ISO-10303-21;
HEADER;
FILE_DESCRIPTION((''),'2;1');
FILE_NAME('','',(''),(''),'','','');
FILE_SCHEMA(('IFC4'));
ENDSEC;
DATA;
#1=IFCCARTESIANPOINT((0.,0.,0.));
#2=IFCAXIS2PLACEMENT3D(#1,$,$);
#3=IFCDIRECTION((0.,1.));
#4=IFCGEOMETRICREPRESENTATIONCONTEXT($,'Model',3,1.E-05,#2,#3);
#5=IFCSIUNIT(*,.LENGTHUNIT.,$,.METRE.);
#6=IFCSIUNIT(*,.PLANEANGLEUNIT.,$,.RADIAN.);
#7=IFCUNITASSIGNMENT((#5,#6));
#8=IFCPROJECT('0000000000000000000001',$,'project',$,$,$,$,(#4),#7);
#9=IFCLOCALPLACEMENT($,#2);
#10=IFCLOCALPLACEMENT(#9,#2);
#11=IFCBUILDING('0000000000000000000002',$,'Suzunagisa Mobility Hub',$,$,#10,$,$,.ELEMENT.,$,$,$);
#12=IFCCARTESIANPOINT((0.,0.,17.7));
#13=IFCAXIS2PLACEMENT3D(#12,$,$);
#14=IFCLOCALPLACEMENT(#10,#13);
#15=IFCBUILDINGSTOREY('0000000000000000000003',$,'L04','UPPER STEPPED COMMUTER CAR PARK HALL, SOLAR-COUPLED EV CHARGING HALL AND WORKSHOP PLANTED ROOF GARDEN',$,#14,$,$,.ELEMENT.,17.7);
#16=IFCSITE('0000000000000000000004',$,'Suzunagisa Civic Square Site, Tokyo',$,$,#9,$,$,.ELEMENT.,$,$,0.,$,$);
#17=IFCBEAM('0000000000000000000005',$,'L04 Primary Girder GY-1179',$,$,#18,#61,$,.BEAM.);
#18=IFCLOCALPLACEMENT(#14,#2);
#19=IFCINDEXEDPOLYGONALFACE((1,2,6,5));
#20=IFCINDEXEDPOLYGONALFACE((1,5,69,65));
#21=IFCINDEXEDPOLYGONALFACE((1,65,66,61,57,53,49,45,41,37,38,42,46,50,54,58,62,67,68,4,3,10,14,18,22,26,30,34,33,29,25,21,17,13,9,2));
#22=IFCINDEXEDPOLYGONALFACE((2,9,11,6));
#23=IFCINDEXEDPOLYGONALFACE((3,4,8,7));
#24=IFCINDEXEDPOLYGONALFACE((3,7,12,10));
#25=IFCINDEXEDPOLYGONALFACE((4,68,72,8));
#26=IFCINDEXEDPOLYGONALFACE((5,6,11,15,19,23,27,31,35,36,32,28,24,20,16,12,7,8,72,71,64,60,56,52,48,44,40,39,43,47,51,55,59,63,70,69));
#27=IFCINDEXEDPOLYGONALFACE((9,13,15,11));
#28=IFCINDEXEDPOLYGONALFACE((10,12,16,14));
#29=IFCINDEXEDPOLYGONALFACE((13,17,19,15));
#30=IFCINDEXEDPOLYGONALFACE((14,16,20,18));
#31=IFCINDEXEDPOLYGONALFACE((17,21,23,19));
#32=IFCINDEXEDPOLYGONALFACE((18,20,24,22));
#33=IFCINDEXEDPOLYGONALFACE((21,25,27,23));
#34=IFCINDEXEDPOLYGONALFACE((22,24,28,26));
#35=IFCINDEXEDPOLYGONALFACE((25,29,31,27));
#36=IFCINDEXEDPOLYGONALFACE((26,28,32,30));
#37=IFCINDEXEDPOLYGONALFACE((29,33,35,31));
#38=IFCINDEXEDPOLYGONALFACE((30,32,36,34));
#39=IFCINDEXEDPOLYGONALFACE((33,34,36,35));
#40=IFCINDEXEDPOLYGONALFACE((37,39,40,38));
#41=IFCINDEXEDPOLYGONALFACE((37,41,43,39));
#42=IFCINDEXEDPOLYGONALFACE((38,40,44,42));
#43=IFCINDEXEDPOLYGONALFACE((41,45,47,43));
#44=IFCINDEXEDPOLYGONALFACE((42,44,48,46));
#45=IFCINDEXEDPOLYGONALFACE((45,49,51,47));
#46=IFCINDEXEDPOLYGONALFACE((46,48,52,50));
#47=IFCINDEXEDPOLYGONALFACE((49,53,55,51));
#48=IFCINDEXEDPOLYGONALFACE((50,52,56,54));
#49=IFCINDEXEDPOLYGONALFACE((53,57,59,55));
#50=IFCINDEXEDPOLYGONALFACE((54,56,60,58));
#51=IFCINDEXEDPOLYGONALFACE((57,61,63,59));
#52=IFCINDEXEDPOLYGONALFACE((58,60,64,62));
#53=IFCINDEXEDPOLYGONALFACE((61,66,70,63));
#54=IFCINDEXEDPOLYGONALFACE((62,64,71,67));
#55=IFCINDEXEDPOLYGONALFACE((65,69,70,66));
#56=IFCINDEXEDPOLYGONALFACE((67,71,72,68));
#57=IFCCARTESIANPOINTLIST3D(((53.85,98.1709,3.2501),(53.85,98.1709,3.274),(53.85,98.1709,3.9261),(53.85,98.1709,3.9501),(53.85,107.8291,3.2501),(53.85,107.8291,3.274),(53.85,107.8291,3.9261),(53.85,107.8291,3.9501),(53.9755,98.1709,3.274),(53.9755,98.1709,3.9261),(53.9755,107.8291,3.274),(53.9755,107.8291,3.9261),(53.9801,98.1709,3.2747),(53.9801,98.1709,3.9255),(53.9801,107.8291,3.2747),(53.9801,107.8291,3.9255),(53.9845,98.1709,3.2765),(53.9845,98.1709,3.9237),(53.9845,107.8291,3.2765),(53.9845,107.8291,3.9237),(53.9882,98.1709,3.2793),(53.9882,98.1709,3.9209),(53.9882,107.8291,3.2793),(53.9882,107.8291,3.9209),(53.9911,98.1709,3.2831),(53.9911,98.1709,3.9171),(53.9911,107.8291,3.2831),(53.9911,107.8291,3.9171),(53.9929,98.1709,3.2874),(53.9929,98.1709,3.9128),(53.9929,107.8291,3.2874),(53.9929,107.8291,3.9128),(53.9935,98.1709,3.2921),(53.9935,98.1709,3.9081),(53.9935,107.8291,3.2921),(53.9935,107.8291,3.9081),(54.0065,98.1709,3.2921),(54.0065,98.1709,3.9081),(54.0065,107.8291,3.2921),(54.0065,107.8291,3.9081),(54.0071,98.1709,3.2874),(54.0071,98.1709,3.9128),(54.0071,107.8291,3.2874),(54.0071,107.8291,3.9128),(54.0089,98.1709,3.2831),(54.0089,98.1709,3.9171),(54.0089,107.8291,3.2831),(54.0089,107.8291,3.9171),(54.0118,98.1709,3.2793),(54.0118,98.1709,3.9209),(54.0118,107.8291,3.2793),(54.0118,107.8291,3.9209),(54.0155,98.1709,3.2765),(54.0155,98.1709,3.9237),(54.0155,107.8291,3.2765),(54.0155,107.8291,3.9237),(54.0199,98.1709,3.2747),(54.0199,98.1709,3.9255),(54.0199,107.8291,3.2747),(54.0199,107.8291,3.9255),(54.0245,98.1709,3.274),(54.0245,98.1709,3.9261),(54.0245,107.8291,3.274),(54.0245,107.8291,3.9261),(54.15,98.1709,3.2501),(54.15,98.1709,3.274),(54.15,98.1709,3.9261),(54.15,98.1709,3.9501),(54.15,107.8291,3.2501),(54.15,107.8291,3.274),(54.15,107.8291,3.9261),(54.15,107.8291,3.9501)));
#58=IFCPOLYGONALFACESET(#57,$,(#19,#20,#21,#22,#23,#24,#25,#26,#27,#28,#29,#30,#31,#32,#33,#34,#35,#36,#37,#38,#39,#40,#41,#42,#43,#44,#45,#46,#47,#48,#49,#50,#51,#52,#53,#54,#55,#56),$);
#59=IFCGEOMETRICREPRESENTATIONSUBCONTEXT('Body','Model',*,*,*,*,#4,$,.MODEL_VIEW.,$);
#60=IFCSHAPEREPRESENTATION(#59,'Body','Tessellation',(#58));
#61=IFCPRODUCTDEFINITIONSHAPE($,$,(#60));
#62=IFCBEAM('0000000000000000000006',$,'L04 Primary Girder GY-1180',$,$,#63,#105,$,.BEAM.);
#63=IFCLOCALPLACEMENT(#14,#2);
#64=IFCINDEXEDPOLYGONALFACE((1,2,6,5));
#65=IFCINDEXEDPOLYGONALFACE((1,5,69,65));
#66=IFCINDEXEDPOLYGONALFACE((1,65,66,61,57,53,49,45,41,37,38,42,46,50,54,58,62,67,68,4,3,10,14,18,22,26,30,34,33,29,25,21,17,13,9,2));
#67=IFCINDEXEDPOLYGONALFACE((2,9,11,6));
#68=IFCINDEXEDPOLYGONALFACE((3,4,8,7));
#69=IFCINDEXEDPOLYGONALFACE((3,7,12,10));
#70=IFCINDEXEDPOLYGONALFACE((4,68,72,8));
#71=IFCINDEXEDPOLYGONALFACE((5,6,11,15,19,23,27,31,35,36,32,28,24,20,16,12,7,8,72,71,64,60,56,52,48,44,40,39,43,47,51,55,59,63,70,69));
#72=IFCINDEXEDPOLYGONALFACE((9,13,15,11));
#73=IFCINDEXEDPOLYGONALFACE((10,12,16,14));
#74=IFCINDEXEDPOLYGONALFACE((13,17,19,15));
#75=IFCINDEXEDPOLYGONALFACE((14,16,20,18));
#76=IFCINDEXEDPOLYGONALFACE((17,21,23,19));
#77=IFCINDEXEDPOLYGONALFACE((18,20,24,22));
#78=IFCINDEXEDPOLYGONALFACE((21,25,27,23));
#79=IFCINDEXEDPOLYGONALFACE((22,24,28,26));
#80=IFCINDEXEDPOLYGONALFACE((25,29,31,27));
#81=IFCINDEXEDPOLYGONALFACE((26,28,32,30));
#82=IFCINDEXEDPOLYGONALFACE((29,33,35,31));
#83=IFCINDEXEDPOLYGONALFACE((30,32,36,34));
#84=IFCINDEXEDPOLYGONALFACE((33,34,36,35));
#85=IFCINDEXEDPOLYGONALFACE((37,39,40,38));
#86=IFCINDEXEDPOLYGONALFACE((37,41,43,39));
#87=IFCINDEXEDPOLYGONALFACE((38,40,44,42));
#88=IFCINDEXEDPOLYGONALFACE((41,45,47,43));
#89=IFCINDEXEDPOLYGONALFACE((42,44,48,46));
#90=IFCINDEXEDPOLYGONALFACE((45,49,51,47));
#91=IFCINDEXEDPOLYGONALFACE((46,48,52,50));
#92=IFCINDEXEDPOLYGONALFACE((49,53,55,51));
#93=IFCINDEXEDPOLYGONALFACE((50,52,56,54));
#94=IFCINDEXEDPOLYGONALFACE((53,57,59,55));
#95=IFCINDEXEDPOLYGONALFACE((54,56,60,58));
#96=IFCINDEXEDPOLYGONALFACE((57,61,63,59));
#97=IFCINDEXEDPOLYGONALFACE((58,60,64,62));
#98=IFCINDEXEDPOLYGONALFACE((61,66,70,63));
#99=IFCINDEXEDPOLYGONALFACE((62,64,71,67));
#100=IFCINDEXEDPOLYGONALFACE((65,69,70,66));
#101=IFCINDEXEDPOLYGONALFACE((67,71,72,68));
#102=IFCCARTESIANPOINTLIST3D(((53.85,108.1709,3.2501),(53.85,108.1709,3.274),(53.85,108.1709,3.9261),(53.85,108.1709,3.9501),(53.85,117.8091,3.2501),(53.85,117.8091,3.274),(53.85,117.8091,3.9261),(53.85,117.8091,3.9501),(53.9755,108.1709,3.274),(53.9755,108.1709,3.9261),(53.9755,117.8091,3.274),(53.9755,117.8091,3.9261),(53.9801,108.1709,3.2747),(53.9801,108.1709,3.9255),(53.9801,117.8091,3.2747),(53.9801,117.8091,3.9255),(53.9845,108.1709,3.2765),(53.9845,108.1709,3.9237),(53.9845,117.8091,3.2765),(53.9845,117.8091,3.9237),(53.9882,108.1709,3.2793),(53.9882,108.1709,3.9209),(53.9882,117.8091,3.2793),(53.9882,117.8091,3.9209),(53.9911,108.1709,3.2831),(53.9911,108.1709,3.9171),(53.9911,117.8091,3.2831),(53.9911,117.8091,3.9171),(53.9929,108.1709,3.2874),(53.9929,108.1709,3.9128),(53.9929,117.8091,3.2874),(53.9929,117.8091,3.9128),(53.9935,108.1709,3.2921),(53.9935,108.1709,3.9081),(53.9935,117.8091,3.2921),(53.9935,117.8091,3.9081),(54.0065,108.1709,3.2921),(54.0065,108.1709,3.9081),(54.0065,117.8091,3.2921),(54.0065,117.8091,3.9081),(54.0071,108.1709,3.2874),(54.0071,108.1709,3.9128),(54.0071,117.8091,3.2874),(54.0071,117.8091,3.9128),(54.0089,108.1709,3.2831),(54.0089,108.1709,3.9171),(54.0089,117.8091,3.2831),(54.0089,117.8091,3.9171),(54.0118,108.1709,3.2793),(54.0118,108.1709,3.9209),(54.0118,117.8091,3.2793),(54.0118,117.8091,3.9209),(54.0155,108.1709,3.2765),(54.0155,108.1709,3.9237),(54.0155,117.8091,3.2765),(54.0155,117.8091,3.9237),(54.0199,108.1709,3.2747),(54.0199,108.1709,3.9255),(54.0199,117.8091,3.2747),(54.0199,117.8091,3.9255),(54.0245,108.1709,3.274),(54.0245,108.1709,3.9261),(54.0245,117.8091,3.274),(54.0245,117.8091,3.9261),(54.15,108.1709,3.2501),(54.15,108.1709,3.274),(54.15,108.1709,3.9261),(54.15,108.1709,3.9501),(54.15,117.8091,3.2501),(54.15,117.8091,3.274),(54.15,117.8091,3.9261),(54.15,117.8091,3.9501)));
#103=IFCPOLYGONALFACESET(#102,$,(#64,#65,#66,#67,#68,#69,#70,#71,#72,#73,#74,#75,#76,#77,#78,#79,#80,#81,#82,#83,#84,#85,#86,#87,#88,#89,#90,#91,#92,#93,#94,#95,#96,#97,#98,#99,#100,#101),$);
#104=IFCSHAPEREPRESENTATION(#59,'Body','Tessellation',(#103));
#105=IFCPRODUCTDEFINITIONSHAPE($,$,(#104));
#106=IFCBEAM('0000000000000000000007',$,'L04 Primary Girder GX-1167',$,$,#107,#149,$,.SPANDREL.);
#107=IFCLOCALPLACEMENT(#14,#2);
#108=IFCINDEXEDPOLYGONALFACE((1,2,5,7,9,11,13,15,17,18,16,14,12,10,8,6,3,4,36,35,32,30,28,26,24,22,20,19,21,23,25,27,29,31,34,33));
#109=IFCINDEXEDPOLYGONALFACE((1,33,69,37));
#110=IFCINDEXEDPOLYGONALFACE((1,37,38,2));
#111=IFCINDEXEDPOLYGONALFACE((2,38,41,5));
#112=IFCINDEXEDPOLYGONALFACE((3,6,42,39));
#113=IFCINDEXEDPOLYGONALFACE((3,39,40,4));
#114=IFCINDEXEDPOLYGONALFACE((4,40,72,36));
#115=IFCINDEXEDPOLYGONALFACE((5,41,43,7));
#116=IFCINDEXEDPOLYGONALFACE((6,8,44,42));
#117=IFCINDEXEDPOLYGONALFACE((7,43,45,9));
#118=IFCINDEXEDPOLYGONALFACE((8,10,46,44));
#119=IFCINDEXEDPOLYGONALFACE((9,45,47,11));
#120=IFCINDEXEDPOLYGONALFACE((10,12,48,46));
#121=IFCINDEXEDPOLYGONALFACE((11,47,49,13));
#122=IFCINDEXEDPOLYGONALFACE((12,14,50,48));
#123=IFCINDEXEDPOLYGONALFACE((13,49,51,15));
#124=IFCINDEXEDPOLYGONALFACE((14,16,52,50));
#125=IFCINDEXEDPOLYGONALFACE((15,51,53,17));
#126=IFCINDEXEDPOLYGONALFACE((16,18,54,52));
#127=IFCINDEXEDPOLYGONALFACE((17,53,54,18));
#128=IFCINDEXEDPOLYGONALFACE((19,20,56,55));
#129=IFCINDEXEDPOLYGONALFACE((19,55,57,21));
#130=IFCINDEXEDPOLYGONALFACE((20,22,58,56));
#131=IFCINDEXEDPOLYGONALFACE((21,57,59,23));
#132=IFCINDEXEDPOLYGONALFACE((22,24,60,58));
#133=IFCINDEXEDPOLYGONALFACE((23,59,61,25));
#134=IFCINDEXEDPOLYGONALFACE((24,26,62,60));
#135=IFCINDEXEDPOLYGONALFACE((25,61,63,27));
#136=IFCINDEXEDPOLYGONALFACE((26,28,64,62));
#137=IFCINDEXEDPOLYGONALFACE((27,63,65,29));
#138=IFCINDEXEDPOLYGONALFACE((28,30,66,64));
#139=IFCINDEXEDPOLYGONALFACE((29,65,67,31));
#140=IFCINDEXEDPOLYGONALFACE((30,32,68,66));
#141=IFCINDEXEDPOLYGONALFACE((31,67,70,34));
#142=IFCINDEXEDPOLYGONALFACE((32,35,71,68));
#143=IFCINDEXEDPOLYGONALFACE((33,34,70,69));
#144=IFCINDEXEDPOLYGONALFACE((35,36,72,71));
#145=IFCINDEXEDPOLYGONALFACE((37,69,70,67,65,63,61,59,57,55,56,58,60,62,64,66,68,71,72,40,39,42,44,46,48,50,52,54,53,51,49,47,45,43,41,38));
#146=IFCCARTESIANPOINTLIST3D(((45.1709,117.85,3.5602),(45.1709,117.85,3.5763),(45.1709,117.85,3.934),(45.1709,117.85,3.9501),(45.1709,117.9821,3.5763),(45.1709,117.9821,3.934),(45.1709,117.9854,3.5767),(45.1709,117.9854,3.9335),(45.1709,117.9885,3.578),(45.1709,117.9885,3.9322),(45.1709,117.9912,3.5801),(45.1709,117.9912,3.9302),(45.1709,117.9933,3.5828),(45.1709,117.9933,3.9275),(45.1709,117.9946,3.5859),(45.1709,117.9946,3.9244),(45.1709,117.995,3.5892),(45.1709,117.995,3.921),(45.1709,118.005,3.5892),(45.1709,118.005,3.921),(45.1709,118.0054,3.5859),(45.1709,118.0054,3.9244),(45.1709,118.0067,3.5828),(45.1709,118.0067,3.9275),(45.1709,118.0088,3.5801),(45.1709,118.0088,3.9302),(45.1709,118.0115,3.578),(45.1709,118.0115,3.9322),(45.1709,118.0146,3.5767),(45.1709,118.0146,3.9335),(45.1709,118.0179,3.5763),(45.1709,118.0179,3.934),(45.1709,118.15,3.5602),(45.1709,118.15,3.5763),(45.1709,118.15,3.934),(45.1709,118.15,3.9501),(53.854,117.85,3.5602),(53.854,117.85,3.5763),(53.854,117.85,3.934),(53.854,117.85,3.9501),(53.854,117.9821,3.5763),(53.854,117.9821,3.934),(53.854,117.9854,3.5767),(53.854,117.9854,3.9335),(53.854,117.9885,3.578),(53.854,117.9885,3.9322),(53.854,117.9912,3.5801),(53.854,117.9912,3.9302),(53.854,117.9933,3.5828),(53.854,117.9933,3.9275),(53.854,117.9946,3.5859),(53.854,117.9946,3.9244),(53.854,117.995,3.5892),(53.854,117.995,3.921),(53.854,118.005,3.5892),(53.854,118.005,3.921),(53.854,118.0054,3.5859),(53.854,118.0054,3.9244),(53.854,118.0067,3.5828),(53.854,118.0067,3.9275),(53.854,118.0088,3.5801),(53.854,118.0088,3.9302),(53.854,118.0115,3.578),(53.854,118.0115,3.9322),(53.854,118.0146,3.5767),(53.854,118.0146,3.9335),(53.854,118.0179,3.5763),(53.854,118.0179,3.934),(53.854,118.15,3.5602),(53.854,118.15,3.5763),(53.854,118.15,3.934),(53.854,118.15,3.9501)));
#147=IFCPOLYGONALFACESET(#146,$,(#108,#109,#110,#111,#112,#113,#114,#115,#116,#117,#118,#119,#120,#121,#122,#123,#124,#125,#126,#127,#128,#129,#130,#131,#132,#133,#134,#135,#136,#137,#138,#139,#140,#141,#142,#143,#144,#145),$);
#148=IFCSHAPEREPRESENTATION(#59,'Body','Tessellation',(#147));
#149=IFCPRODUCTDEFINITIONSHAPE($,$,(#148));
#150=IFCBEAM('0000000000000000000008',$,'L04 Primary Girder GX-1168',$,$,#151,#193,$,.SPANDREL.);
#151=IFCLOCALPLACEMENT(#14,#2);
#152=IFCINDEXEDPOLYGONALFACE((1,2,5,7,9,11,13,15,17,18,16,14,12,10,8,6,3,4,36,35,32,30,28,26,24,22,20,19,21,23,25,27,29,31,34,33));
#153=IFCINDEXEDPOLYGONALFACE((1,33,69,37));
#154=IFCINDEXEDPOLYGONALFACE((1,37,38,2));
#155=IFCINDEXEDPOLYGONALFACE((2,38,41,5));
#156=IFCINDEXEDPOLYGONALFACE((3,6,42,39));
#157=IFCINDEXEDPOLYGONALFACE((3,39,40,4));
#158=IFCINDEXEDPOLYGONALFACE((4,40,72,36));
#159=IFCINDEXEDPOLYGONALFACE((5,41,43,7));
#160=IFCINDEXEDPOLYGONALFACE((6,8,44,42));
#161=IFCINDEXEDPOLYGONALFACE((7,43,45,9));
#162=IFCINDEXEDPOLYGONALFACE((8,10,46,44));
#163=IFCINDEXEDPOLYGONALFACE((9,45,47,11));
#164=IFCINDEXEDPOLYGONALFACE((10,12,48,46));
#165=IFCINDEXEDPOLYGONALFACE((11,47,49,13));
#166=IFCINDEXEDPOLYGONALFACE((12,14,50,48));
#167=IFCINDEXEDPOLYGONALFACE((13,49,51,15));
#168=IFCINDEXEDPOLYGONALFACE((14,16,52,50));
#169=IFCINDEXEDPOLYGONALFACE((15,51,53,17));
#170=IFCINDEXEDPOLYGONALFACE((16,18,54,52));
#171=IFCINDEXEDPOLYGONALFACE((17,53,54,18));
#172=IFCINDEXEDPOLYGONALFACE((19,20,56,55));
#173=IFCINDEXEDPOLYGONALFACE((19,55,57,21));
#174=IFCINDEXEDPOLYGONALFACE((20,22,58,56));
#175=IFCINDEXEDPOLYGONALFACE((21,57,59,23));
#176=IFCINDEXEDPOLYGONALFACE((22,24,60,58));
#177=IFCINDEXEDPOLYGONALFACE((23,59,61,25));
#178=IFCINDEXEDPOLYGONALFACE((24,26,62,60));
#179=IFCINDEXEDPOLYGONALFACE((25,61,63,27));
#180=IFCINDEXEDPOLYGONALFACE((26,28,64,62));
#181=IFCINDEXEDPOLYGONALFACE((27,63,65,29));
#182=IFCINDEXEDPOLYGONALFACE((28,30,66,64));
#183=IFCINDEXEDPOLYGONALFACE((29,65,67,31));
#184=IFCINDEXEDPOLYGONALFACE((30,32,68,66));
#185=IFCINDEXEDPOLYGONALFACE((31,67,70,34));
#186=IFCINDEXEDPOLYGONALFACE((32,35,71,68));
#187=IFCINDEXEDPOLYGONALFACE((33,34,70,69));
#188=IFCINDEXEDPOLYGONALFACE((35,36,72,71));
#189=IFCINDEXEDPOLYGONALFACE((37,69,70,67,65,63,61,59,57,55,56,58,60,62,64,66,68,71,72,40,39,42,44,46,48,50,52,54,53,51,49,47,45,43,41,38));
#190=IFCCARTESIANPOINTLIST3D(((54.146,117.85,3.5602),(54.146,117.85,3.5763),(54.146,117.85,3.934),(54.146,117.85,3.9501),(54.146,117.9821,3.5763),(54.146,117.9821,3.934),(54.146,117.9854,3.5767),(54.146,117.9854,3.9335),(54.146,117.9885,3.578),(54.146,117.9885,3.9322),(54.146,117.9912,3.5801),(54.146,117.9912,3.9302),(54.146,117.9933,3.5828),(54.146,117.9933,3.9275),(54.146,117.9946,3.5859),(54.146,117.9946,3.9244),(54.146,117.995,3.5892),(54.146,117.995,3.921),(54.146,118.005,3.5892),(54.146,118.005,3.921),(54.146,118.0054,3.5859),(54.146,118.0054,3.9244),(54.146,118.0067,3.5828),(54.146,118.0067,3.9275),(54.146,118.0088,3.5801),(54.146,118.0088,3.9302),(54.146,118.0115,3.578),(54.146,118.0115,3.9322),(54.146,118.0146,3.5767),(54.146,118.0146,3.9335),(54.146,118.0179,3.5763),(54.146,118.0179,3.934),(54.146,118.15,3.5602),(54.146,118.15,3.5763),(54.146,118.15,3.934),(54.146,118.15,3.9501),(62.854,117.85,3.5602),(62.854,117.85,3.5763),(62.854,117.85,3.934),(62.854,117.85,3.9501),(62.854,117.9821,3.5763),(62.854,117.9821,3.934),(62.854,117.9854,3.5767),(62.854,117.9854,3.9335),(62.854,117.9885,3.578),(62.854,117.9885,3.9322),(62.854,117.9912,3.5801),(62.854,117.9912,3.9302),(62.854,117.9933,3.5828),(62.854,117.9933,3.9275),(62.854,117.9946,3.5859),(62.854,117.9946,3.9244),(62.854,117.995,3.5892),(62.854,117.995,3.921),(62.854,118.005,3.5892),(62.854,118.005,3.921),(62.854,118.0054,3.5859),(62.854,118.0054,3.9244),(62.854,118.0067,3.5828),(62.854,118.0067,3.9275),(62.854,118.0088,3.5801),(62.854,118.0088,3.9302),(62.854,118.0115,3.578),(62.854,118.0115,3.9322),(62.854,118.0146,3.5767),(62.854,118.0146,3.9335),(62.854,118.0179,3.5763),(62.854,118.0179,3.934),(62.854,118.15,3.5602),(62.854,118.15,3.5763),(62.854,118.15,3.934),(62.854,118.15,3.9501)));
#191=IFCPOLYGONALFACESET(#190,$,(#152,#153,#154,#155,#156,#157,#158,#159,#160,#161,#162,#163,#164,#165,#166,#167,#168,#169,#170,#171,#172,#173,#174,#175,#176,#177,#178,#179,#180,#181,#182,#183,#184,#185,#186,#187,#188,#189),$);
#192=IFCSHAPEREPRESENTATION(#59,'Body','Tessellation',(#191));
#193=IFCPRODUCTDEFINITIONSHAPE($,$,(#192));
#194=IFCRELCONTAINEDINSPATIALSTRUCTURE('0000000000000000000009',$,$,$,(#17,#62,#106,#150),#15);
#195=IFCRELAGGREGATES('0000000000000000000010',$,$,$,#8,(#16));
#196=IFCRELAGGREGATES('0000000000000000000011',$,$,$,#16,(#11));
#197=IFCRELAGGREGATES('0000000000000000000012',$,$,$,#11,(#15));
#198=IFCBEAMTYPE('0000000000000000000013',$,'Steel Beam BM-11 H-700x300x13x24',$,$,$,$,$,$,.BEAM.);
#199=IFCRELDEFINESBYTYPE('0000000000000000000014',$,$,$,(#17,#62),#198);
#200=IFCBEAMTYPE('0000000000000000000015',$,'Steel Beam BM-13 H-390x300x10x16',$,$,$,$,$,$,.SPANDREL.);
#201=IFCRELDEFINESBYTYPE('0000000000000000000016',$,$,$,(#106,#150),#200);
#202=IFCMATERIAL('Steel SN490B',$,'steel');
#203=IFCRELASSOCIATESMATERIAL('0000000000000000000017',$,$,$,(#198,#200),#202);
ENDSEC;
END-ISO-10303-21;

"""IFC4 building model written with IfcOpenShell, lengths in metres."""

from ifc_helpers import new_model, si_unit, direction, frame, origin, origin_2d, place, context, subcontext, project, spatial, i_section, extrude, material, material_profile, profile_set, type_object, element, save


model = new_model("IFC4")

# Units and contexts
model_context = context("Model", 3, precision=1e-05, world=origin(), true_north=direction((0.0, 1.0)))
body_context = subcontext(model_context, "Body", "Model", "MODEL_VIEW")
ifc_project = project(units=[si_unit("LENGTHUNIT", "METRE"), si_unit("PLANEANGLEUNIT", "RADIAN")], contexts=[model_context])

# Site, building, storey
site_placement = place(None, origin())
site = spatial("IfcSite", under=ifc_project, at=site_placement, Name="Suzunagisa Civic Square Site, Tokyo", CompositionType="ELEMENT", RefElevation=0.0)
building_placement = place(site_placement, origin())
building = spatial("IfcBuilding", under=site, at=building_placement, Name="Suzunagisa Mobility Hub", CompositionType="ELEMENT")
storey_placement = place(building_placement, frame((0.0, 0.0, 17.7)))
storey = spatial("IfcBuildingStorey", under=building, at=storey_placement, Name="L04", Description="UPPER STEPPED COMMUTER CAR PARK HALL, SOLAR-COUPLED EV CHARGING HALL AND WORKSHOP PLANTED ROOF GARDEN", CompositionType="ELEMENT", Elevation=17.7)

# Shared definitions
ifc_material_1 = material(Name="Steel SN490B", Category="steel")

# Beams
ifc_material_profile_1 = material_profile(ifc_material_1, i_section(OverallWidth=0.3, OverallDepth=0.7, WebThickness=0.0129, FlangeThickness=0.0239, FilletRadius=0.0181, at=origin_2d()), Name="H-700x300x13x24")
ifc_profile_set_1 = profile_set([ifc_material_profile_1], Name="Steel SN490B")
beam_type_1 = type_object("IfcBeamType", Name="Steel Beam BM-11 H-700x300x13x24", PredefinedType="BEAM", material=ifc_profile_set_1)
beam_1_placement = place(storey_placement, frame((54.0, 98.1709, 3.6001), z_axis=(0.0, 1.0, 0.0), x_axis=(-1.0, 0.0, 0.0)))
element("IfcBeam", 1, at=beam_1_placement, inside=storey, type_object=beam_type_1, Name="L04 Primary Girder GY-1179", PredefinedType="BEAM", context=body_context, shape_type="SweptSolid", body=[
    extrude(i_section(OverallWidth=0.3, OverallDepth=0.7, WebThickness=0.0129, FlangeThickness=0.0239, FilletRadius=0.0181, at=origin_2d()), origin(), (0.0, 0.0, 1.0), 9.6582),
])
beam_2_placement = place(storey_placement, frame((54.0, 108.1709, 3.6001), z_axis=(0.0, 1.0, 0.0), x_axis=(-1.0, 0.0, 0.0)))
element("IfcBeam", 2, at=beam_2_placement, inside=storey, type_object=beam_type_1, Name="L04 Primary Girder GY-1180", PredefinedType="BEAM", context=body_context, shape_type="SweptSolid", body=[
    extrude(i_section(OverallWidth=0.3, OverallDepth=0.7, WebThickness=0.0129, FlangeThickness=0.0239, FilletRadius=0.0181, at=origin_2d()), origin(), (0.0, 0.0, 1.0), 9.6382),
])
ifc_material_profile_2 = material_profile(ifc_material_1, i_section(OverallWidth=0.3, OverallDepth=0.3899, WebThickness=0.01, FlangeThickness=0.0161, FilletRadius=0.0129, at=origin_2d()), Name="H-390x300x10x16")
ifc_profile_set_2 = profile_set([ifc_material_profile_2], Name="Steel SN490B")
beam_type_2 = type_object("IfcBeamType", Name="Steel Beam BM-13 H-390x300x10x16", PredefinedType="SPANDREL", material=ifc_profile_set_2)
beam_3_placement = place(storey_placement, frame((45.1709, 118.0, 3.7551), z_axis=(1.0, 0.0, 0.0), x_axis=(0.0, 1.0, 0.0)))
element("IfcBeam", 3, at=beam_3_placement, inside=storey, type_object=beam_type_2, Name="L04 Primary Girder GX-1167", PredefinedType="SPANDREL", context=body_context, shape_type="SweptSolid", body=[
    extrude(i_section(OverallWidth=0.3, OverallDepth=0.3899, WebThickness=0.01, FlangeThickness=0.0161, FilletRadius=0.0129, at=origin_2d()), origin(), (0.0, 0.0, 1.0), 8.6831),
])
beam_4_placement = place(storey_placement, frame((54.146, 118.0, 3.7551), z_axis=(1.0, 0.0, 0.0), x_axis=(0.0, 1.0, 0.0)))
element("IfcBeam", 4, at=beam_4_placement, inside=storey, type_object=beam_type_2, Name="L04 Primary Girder GX-1168", PredefinedType="SPANDREL", context=body_context, shape_type="SweptSolid", body=[
    extrude(i_section(OverallWidth=0.3, OverallDepth=0.3899, WebThickness=0.01, FlangeThickness=0.0161, FilletRadius=0.0129, at=origin_2d()), origin(), (0.0, 0.0, 1.0), 8.708),
])

save(model, "model.ifc")
